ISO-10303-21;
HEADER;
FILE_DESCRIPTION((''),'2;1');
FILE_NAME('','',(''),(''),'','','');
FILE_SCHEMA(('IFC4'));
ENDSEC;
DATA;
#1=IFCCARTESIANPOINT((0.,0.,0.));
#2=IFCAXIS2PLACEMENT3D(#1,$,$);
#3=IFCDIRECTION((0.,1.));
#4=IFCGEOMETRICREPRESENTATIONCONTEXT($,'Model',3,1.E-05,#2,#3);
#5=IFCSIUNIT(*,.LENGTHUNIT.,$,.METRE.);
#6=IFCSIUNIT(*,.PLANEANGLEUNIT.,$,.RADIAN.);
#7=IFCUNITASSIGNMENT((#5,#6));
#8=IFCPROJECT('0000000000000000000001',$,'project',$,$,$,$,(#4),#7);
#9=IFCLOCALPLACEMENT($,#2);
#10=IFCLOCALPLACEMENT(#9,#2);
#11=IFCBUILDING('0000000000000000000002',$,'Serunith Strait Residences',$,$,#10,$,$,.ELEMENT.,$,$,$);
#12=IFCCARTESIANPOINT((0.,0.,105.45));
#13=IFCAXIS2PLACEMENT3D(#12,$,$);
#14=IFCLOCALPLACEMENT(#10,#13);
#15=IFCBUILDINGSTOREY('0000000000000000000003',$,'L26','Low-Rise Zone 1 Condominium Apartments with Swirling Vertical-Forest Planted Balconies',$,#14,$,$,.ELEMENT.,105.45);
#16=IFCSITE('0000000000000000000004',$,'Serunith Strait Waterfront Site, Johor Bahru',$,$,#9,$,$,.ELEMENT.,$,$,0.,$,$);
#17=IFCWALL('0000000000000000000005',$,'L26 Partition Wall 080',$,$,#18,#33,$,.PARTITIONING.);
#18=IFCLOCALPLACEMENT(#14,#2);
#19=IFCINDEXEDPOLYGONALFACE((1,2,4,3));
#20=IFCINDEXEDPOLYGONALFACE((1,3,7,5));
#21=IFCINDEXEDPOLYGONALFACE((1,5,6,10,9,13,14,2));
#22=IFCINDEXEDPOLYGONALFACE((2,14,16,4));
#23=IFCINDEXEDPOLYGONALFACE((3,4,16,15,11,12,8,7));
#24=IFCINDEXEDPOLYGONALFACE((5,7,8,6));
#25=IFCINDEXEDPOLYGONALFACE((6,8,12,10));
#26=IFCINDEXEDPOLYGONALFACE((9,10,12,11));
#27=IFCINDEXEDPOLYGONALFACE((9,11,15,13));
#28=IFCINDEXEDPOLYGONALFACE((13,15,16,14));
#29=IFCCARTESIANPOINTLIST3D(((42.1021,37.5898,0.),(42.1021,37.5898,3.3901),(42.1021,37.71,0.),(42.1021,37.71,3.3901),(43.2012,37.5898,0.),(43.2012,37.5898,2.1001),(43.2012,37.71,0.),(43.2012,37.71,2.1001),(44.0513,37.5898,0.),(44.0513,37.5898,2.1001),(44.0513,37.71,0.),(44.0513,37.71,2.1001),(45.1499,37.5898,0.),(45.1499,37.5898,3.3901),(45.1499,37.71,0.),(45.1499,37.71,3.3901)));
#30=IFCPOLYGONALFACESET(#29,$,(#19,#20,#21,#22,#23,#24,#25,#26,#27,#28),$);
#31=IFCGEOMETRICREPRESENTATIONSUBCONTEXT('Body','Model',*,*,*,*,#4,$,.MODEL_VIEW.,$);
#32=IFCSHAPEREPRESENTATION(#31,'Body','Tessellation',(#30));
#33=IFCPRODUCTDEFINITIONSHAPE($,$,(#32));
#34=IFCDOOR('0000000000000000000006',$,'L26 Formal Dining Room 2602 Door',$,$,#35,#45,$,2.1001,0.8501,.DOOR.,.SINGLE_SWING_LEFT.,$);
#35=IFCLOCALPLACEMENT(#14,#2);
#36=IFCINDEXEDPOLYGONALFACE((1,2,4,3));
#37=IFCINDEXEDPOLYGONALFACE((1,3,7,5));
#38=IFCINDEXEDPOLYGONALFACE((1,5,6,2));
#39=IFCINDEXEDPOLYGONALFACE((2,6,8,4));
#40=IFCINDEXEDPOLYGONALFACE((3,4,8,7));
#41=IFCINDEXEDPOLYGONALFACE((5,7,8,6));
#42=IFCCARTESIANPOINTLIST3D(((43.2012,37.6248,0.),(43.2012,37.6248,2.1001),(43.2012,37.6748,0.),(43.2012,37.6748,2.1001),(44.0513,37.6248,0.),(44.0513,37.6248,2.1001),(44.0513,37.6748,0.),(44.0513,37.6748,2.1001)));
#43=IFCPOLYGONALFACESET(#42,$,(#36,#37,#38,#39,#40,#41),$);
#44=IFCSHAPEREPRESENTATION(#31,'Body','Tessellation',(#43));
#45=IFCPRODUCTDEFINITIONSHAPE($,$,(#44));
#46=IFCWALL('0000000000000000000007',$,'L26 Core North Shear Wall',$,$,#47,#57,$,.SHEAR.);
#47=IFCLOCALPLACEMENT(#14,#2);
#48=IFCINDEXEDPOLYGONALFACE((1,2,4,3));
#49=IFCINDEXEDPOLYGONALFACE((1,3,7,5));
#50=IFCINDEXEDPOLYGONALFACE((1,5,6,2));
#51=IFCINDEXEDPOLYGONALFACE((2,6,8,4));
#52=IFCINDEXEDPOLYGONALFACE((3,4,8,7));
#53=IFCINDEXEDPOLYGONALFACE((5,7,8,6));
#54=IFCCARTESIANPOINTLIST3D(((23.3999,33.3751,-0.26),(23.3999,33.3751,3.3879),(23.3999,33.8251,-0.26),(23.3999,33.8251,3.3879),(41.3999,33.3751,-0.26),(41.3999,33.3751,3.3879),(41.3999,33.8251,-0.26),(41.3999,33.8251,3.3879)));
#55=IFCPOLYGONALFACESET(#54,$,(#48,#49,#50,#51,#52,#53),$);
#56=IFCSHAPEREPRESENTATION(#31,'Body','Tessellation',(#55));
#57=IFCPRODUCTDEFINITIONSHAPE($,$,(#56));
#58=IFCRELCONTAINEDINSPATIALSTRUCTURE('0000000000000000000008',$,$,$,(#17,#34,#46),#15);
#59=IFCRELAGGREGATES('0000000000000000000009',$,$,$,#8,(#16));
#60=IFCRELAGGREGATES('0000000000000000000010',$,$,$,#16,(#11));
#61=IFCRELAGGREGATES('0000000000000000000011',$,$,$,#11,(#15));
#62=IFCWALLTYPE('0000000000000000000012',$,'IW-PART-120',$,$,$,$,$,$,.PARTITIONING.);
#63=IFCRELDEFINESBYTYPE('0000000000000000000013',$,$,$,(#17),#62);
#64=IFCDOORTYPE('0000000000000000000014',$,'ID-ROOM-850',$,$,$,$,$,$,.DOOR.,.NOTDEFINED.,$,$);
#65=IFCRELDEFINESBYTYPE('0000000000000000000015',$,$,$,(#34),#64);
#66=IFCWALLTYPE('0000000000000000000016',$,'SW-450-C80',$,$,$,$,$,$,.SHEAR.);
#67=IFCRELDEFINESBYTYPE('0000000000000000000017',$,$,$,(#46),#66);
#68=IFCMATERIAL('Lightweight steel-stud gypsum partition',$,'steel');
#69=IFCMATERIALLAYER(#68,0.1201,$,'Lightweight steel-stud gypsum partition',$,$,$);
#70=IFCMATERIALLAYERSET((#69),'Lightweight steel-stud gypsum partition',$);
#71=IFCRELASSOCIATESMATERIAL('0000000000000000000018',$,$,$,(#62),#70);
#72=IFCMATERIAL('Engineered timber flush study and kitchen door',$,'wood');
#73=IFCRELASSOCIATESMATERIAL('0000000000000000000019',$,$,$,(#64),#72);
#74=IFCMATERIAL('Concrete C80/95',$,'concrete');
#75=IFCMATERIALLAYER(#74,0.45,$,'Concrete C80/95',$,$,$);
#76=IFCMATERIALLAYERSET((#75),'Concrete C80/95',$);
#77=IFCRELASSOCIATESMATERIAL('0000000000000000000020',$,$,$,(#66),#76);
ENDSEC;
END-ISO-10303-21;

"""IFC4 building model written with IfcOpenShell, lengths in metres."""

from ifc_helpers import new_model, si_unit, direction, frame, frame_2d, origin, place, context, subcontext, project, spatial, rectangle, extrude, source, transform, mapped, material, layer, layer_set, type_object, element, fill, save


model = new_model("IFC4")

# Units and contexts
model_context = context("Model", 3, precision=1e-05, world=origin(), true_north=direction((0.0, 1.0)))
body_context = subcontext(model_context, "Body", "Model", "MODEL_VIEW")
ifc_project = project(units=[si_unit("LENGTHUNIT", "METRE"), si_unit("PLANEANGLEUNIT", "RADIAN")], contexts=[model_context])

# Site, building, storey
site_placement = place(None, origin())
site = spatial("IfcSite", under=ifc_project, at=site_placement, Name="Serunith Strait Waterfront Site, Johor Bahru", CompositionType="ELEMENT", RefElevation=0.0)
building_placement = place(site_placement, origin())
building = spatial("IfcBuilding", under=site, at=building_placement, Name="Serunith Strait Residences", CompositionType="ELEMENT")
storey_placement = place(building_placement, frame((0.0, 0.0, 105.45)))
storey = spatial("IfcBuildingStorey", under=building, at=storey_placement, Name="L26", Description="Low-Rise Zone 1 Condominium Apartments with Swirling Vertical-Forest Planted Balconies", CompositionType="ELEMENT", Elevation=105.45)

# Shared definitions
ifc_material_1 = material(Name="Lightweight steel-stud gypsum partition", Category="steel")
ifc_layer_1 = layer(ifc_material_1, 0.1201, Name="Lightweight steel-stud gypsum partition")
ifc_layer_set_1 = layer_set([ifc_layer_1], Name="Lightweight steel-stud gypsum partition")
wall_type_1 = type_object("IfcWallType", Name="IW-PART-120", PredefinedType="PARTITIONING", material=ifc_layer_set_1)

# Wall, opening, door
ifc_material_2 = material(Name="Engineered timber flush study and kitchen door", Category="wood")
door_type_1 = type_object("IfcDoorType", Name="ID-ROOM-850", OperationType="NOTDEFINED", PredefinedType="DOOR", material=ifc_material_2)
shared_shape_1 = source(origin(), body_context, "Body", "SweptSolid", [
    extrude(rectangle(XDim=0.8501, YDim=2.1001, at=frame_2d((0.425, 1.05))), frame((0.0, 0.0249, 0.0), z_axis=(0.0, -1.0, 0.0), x_axis=(1.0, 0.0, 0.0)), (0.0, 0.0, 1.0), 0.05),
])
wall_1_placement = place(storey_placement, frame((42.1021, 37.6499, 0.0), z_axis=(0.0, 0.0, 1.0), x_axis=(1.0, 0.0, 0.0)))
wall_1 = element("IfcWall", 1, at=wall_1_placement, inside=storey, type_object=wall_type_1, Name="L26 Partition Wall 080", PredefinedType="PARTITIONING", context=body_context, shape_type="SweptSolid", body=[
    extrude(rectangle(XDim=3.0479, YDim=0.1201, at=frame_2d((1.5239, 0.0))), origin(), (0.0, 0.0, 1.0), 3.3901),
])
opening_1_placement = place(wall_1_placement, frame((1.0991, 0.0, 0.0)))
opening_1 = element("IfcOpeningElement", 2, at=opening_1_placement, cuts=wall_1, PredefinedType="OPENING", context=body_context, shape_type="SweptSolid", body=[
    extrude(rectangle(XDim=0.8501, YDim=2.1001, at=frame_2d((0.425, 1.05))), frame((0.0, 0.0701, 0.0), z_axis=(0.0, -1.0, 0.0), x_axis=(1.0, 0.0, 0.0)), (0.0, 0.0, 1.0), 0.1401),
])
door_1_placement = place(opening_1_placement, origin())
door_1 = element("IfcDoor", 3, at=door_1_placement, inside=storey, type_object=door_type_1, Name="L26 Formal Dining Room 2602 Door", OperationType="SINGLE_SWING_LEFT", OverallHeight=2.1001, OverallWidth=0.8501, PredefinedType="DOOR", context=body_context, shape_type="MappedRepresentation", body=[
    mapped(shared_shape_1, transform((0.0, 0.0, 0.0), scale=1.0)),
])
fill(opening_1, door_1)

# Wall
ifc_material_3 = material(Name="Concrete C80/95", Category="concrete")
ifc_layer_2 = layer(ifc_material_3, 0.45, Name="Concrete C80/95")
ifc_layer_set_2 = layer_set([ifc_layer_2], Name="Concrete C80/95")
wall_type_2 = type_object("IfcWallType", Name="SW-450-C80", PredefinedType="SHEAR", material=ifc_layer_set_2)
wall_2_placement = place(storey_placement, frame((41.3999, 33.6001, -0.26), z_axis=(0.0, 0.0, 1.0), x_axis=(-1.0, 0.0, 0.0)))
element("IfcWall", 4, at=wall_2_placement, inside=storey, type_object=wall_type_2, Name="L26 Core North Shear Wall", PredefinedType="SHEAR", context=body_context, shape_type="SweptSolid", body=[
    extrude(rectangle(XDim=18.0, YDim=0.45, at=frame_2d((9.0, 0.0))), origin(), (0.0, 0.0, 1.0), 3.6479),
])

save(model, "model.ifc")
